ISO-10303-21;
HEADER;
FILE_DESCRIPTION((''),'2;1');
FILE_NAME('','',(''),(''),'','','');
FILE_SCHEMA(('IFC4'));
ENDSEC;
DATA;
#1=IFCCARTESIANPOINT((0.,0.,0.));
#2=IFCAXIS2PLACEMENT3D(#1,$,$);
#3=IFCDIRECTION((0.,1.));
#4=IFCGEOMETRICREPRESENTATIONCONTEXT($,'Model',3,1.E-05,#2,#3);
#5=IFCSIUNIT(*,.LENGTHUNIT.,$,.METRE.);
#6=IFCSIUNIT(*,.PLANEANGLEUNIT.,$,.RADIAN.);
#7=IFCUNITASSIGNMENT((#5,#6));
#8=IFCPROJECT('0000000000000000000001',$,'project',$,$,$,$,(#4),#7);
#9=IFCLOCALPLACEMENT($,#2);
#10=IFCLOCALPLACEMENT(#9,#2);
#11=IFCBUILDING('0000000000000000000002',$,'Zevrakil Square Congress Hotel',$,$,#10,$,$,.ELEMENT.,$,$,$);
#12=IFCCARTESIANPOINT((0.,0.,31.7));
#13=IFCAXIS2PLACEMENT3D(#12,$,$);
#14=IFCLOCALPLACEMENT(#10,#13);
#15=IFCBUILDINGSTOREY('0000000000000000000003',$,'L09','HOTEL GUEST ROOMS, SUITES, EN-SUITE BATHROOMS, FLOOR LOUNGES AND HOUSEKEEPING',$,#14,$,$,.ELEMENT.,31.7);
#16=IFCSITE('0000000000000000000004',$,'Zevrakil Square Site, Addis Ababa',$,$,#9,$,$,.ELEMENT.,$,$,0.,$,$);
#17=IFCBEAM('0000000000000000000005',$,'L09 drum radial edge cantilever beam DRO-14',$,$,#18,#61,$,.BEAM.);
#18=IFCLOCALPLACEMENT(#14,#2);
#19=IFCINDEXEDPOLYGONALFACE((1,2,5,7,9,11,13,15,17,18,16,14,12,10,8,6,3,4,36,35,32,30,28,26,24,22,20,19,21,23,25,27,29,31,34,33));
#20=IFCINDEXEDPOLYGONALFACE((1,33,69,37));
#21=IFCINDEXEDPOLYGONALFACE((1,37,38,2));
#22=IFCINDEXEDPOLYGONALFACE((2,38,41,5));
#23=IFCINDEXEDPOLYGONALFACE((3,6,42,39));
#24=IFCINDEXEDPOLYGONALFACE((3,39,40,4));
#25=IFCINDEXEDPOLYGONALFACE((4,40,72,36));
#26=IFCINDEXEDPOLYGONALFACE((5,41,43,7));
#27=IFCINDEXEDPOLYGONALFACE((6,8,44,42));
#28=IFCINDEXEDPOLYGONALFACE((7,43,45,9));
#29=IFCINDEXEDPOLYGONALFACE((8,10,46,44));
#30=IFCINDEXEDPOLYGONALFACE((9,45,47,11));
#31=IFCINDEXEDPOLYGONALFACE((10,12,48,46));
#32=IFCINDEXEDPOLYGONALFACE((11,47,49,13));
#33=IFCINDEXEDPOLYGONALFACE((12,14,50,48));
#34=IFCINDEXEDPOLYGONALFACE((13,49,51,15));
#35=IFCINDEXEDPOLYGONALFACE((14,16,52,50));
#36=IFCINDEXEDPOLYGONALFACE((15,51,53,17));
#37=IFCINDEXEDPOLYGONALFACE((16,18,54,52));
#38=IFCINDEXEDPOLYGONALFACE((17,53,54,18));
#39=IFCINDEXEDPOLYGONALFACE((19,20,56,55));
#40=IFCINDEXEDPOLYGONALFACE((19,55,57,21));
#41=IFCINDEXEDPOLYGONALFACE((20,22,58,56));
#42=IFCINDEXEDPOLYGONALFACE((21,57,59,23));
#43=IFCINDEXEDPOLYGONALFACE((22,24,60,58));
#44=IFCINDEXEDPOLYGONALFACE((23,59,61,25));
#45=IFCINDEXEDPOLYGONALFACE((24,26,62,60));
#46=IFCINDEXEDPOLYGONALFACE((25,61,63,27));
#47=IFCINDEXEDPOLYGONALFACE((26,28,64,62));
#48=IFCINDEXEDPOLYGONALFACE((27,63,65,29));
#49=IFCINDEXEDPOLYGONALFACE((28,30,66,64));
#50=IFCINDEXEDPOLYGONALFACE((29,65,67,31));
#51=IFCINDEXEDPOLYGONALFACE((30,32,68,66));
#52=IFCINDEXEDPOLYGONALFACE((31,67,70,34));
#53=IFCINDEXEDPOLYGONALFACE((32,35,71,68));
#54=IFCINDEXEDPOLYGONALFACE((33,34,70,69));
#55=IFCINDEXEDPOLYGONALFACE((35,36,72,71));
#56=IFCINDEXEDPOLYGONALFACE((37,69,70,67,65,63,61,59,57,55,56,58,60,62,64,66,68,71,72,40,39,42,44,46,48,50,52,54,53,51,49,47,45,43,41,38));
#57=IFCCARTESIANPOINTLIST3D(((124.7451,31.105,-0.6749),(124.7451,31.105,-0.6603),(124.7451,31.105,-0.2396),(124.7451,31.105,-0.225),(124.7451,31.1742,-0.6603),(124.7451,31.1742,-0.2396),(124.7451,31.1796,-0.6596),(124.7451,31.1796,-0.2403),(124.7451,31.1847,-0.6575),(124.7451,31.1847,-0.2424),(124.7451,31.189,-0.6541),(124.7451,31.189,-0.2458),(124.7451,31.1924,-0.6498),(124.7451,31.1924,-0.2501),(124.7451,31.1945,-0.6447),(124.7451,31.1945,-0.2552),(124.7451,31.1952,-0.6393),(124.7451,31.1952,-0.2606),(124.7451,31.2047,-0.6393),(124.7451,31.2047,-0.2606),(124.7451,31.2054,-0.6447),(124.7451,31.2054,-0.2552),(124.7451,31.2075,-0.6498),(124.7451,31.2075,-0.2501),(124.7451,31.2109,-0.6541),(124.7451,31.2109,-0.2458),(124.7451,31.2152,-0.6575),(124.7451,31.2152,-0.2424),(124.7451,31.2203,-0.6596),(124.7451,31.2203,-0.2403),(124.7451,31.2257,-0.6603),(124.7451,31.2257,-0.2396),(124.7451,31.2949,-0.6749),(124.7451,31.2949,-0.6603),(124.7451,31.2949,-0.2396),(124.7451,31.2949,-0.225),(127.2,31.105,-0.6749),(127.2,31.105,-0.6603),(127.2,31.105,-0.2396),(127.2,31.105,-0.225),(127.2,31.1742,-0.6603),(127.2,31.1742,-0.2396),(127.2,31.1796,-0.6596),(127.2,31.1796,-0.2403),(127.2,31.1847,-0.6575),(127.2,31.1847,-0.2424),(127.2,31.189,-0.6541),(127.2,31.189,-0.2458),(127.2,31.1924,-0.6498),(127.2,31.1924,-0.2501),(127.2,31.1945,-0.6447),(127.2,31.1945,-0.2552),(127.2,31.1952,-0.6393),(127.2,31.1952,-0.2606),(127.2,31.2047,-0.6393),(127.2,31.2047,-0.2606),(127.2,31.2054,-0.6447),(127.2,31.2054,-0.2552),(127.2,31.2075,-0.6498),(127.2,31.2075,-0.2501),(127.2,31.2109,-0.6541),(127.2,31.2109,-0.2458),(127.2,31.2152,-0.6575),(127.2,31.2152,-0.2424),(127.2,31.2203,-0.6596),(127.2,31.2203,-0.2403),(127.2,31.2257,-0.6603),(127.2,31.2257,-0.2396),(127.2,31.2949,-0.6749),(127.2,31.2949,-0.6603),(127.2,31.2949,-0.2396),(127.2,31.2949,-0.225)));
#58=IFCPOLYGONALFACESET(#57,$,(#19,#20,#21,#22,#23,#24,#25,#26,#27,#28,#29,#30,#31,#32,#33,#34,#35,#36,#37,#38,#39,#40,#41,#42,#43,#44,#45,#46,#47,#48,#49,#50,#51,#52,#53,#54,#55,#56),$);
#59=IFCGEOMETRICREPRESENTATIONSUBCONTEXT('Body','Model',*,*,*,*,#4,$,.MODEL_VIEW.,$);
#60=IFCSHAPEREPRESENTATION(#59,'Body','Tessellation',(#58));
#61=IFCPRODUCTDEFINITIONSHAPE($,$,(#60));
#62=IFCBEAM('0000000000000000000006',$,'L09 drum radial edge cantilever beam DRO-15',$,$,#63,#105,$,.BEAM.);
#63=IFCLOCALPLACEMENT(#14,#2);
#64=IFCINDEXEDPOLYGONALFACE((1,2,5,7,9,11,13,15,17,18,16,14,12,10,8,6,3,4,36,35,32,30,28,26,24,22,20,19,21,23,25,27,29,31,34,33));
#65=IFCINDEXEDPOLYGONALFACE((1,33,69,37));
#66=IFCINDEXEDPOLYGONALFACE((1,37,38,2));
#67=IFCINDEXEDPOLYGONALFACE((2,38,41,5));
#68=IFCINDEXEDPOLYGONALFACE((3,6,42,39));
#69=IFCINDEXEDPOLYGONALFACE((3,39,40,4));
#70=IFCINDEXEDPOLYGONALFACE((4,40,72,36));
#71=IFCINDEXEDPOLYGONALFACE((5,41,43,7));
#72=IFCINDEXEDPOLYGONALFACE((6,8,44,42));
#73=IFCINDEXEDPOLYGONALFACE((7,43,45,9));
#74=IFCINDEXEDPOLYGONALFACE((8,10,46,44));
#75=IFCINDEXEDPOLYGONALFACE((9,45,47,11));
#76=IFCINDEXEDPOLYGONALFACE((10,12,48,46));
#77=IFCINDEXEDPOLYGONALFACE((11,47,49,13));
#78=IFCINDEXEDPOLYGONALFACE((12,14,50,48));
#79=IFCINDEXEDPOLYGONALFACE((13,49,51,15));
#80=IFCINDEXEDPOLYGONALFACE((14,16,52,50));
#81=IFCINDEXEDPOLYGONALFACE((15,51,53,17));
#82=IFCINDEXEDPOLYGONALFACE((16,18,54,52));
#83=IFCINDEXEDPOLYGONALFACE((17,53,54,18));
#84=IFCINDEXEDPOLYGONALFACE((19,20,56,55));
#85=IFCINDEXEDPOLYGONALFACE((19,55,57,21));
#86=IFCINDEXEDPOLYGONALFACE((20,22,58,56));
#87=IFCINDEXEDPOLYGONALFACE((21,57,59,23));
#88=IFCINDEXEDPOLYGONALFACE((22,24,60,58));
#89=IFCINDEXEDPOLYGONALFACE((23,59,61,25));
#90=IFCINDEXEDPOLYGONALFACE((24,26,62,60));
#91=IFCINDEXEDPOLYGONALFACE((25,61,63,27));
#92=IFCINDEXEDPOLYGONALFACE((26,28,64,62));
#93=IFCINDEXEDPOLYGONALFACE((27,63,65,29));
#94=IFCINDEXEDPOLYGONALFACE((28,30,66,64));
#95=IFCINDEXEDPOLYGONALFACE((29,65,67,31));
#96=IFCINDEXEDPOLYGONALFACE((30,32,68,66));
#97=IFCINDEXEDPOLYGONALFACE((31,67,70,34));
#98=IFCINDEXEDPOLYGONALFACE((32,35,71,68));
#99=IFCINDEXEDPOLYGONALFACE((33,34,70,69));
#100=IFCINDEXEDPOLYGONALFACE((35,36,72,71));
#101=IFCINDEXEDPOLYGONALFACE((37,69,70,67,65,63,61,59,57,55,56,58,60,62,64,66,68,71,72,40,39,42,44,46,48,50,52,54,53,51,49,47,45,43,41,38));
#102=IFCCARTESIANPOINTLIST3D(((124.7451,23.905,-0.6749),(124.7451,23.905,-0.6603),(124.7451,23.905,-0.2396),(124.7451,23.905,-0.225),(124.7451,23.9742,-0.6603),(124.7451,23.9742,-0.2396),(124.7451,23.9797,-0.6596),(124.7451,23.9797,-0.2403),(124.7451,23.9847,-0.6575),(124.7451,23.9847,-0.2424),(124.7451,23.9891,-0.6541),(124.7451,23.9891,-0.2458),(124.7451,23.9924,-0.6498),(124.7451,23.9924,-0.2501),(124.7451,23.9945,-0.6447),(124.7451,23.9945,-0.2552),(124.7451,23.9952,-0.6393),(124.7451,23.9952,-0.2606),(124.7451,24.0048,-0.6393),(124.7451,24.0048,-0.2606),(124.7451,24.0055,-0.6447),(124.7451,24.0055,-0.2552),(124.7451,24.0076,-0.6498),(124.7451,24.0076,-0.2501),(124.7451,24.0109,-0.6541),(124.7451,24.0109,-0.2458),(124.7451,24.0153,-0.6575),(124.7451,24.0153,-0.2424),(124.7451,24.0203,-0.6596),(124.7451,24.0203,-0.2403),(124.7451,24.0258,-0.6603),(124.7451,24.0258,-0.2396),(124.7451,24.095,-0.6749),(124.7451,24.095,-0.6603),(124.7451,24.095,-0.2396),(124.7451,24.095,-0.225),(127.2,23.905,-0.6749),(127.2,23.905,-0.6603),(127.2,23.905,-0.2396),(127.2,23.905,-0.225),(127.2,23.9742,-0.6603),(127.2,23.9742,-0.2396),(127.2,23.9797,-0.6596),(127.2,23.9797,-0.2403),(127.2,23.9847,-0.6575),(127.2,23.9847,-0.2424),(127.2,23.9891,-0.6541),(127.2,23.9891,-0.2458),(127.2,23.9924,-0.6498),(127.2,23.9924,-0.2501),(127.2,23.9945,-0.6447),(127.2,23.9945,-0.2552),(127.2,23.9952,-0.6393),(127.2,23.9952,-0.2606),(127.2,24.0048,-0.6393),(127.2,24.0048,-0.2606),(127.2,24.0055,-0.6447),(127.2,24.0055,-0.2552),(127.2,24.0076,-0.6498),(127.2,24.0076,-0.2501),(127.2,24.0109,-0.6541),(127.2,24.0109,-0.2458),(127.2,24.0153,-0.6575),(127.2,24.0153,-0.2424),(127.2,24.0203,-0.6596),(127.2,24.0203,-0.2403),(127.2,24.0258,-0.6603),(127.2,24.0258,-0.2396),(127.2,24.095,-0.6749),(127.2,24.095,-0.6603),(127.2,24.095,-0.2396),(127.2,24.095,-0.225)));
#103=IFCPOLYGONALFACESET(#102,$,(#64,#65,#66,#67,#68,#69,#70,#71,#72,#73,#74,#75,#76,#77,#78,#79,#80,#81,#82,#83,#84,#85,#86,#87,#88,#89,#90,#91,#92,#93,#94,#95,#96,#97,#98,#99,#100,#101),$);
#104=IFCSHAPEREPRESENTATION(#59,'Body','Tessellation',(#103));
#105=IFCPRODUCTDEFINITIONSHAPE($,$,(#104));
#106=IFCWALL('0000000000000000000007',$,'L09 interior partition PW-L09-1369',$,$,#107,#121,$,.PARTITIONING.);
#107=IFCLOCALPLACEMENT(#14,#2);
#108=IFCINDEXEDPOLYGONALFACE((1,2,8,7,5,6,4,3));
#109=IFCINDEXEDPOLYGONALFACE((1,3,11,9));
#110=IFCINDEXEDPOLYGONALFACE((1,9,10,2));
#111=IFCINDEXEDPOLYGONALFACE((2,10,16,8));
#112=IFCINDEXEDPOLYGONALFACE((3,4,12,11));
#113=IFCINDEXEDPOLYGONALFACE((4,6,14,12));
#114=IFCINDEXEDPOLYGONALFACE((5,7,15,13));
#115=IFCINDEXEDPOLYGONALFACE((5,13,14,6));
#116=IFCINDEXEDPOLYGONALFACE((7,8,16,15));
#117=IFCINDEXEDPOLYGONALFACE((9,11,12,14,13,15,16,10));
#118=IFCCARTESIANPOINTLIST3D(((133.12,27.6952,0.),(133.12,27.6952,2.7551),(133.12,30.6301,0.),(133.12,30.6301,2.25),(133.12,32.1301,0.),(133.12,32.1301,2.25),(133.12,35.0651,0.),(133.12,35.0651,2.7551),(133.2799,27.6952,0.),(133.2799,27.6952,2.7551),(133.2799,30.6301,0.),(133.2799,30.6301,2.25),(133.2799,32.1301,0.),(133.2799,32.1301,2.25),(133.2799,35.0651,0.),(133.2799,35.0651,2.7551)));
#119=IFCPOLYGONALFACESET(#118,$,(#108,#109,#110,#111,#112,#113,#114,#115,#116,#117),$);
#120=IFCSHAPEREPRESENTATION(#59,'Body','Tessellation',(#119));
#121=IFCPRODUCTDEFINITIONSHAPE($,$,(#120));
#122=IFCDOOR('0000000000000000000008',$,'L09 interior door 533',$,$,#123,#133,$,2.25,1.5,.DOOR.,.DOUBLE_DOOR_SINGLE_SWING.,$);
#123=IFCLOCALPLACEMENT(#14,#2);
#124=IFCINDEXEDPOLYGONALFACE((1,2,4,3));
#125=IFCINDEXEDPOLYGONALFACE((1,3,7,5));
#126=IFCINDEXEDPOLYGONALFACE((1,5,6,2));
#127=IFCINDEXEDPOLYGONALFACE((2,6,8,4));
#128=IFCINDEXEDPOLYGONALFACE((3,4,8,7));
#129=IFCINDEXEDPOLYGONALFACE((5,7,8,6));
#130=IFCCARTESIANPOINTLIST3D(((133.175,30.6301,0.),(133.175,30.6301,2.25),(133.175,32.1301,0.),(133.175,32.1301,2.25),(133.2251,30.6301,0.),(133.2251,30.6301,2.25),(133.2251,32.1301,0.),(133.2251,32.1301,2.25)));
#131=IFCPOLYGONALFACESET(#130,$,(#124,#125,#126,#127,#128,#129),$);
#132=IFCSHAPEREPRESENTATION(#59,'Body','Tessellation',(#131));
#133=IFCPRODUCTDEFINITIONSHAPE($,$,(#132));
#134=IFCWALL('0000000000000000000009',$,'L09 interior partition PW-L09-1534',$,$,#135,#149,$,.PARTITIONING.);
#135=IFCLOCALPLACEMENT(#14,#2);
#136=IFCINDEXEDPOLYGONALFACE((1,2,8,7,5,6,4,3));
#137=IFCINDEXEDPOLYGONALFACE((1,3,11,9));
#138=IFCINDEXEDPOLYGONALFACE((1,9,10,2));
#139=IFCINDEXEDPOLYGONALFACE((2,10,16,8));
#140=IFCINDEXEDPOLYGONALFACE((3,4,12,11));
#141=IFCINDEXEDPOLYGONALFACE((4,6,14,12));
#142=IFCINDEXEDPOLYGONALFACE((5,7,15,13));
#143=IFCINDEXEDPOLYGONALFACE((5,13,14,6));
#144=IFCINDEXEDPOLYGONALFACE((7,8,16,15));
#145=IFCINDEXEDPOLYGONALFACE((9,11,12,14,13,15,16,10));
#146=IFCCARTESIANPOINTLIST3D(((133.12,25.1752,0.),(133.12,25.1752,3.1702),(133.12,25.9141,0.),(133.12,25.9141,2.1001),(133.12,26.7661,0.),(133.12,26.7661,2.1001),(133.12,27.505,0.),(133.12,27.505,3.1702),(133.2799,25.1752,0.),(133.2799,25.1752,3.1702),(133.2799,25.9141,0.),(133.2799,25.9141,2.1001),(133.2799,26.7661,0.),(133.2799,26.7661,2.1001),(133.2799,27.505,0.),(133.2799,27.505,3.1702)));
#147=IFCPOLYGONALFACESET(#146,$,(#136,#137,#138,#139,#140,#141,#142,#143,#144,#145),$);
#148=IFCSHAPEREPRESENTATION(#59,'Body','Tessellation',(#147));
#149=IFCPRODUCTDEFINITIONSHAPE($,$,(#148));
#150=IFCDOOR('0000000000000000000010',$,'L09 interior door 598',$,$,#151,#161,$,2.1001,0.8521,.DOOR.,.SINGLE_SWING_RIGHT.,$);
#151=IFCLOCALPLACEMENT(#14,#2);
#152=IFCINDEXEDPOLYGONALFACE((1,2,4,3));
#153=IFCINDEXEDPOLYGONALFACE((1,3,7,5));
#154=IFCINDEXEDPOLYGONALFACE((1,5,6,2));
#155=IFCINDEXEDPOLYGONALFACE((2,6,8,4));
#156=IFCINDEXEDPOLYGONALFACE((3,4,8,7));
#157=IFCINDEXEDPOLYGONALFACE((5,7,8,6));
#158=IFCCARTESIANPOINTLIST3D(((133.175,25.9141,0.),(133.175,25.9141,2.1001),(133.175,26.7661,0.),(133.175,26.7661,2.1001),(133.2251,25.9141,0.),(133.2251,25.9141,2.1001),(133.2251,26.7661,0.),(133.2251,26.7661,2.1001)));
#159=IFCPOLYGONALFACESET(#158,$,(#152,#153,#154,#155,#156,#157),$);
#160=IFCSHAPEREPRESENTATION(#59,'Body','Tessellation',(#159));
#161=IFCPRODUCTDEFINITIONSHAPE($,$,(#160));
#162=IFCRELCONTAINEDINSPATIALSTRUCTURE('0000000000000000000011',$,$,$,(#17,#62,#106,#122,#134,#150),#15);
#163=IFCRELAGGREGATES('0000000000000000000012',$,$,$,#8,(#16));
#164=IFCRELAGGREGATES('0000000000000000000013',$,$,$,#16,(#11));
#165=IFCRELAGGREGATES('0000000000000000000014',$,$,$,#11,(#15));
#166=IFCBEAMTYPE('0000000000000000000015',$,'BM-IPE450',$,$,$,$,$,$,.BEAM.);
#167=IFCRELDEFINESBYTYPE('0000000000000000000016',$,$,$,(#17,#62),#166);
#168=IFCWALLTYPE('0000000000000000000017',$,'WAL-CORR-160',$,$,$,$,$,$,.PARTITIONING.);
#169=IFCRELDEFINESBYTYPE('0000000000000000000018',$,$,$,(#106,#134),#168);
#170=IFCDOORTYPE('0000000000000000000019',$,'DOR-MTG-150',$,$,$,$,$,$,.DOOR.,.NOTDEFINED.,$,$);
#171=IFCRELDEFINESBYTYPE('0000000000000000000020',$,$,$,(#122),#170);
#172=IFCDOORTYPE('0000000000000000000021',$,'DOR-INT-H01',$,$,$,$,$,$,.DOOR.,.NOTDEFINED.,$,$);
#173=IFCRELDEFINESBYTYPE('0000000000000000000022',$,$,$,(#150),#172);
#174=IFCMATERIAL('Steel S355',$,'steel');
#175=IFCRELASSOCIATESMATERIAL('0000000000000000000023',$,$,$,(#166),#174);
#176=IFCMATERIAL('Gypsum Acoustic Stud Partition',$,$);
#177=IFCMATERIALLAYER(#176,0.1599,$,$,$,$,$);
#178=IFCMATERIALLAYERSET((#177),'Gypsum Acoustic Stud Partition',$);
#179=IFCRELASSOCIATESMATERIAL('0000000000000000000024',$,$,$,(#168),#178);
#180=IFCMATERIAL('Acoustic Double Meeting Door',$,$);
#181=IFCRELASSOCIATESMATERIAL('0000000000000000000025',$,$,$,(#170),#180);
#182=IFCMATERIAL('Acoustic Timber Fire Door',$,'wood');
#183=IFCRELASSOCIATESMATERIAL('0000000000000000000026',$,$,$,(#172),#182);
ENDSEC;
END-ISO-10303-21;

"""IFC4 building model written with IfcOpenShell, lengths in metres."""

from ifc_helpers import new_model, si_unit, direction, frame, frame_2d, origin, origin_2d, place, context, subcontext, project, spatial, rectangle, i_section, extrude, material, layer, layer_set, material_profile, profile_set, type_object, element, fill, save


model = new_model("IFC4")

# Units and contexts
model_context = context("Model", 3, precision=1e-05, world=origin(), true_north=direction((0.0, 1.0)))
body_context = subcontext(model_context, "Body", "Model", "MODEL_VIEW")
ifc_project = project(units=[si_unit("LENGTHUNIT", "METRE"), si_unit("PLANEANGLEUNIT", "RADIAN")], contexts=[model_context])

# Site, building, storey
site_placement = place(None, origin())
site = spatial("IfcSite", under=ifc_project, at=site_placement, Name="Zevrakil Square Site, Addis Ababa", CompositionType="ELEMENT", RefElevation=0.0)
building_placement = place(site_placement, origin())
building = spatial("IfcBuilding", under=site, at=building_placement, Name="Zevrakil Square Congress Hotel", CompositionType="ELEMENT")
storey_placement = place(building_placement, frame((0.0, 0.0, 31.7)))
storey = spatial("IfcBuildingStorey", under=building, at=storey_placement, Name="L09", Description="HOTEL GUEST ROOMS, SUITES, EN-SUITE BATHROOMS, FLOOR LOUNGES AND HOUSEKEEPING", CompositionType="ELEMENT", Elevation=31.7)

# Beams
ifc_material_1 = material(Name="Steel S355", Category="steel")
ifc_material_profile = material_profile(ifc_material_1, i_section(OverallWidth=0.1899, OverallDepth=0.45, WebThickness=0.0095, FlangeThickness=0.0146, FilletRadius=0.021, at=origin_2d()), Name="IPE 450")
ifc_profile_set = profile_set([ifc_material_profile], Name="Steel S355")
beam_type = type_object("IfcBeamType", Name="BM-IPE450", PredefinedType="BEAM", material=ifc_profile_set)
for number, where, z_axis, x_axis, name in (
    (1, (127.2, 31.2, -0.45), (-1.0, 0.0, 0.0), (0.0, -1.0, 0.0), "L09 drum radial edge cantilever beam DRO-14"),
    (2, (127.2, 24.0, -0.45), (-1.0, 0.0, 0.0), (0.0, -1.0, 0.0), "L09 drum radial edge cantilever beam DRO-15"),
):
    element("IfcBeam", number, at=place(storey_placement, frame(where, z_axis=z_axis, x_axis=x_axis)), inside=storey, type_object=beam_type, Name=name, PredefinedType="BEAM", context=body_context, shape_type="SweptSolid", body=[
        extrude(i_section(OverallWidth=0.1899, OverallDepth=0.45, WebThickness=0.0095, FlangeThickness=0.0146, FilletRadius=0.021, at=origin_2d()), origin(), (0.0, 0.0, 1.0), 2.4548),
    ])

# Walls, openings, doors
ifc_material_2 = material(Name="Gypsum Acoustic Stud Partition")
ifc_layer_1 = layer(ifc_material_2, 0.1599)
ifc_layer_set_1 = layer_set([ifc_layer_1], Name="Gypsum Acoustic Stud Partition")
wall_type_1 = type_object("IfcWallType", Name="WAL-CORR-160", PredefinedType="PARTITIONING", material=ifc_layer_set_1)
wall_1_placement = place(storey_placement, frame((133.2, 27.6951, 0.0), z_axis=(0.0, 0.0, 1.0), x_axis=(0.0, 1.0, 0.0)))
wall_1 = element("IfcWall", 3, at=wall_1_placement, inside=storey, type_object=wall_type_1, Name="L09 interior partition PW-L09-1369", PredefinedType="PARTITIONING", context=body_context, shape_type="SweptSolid", body=[
    extrude(rectangle(XDim=7.3699, YDim=0.1599, at=frame_2d((3.6851, 0.0))), origin(), (0.0, 0.0, 1.0), 2.7551),
])
opening_1_placement = place(wall_1_placement, frame((2.9351, 0.0, 0.0)))
opening_1 = element("IfcOpeningElement", 4, at=opening_1_placement, cuts=wall_1, PredefinedType="OPENING", context=body_context, shape_type="SweptSolid", body=[
    extrude(rectangle(XDim=1.5, YDim=2.25, at=frame_2d((0.75, 1.125))), frame((0.0, 0.0898, 0.0), z_axis=(0.0, -1.0, 0.0), x_axis=(1.0, 0.0, 0.0)), (0.0, 0.0, 1.0), 0.1799),
])
ifc_material_3 = material(Name="Acoustic Double Meeting Door")
door_type_1 = type_object("IfcDoorType", Name="DOR-MTG-150", OperationType="NOTDEFINED", PredefinedType="DOOR", material=ifc_material_3)
door_1_placement = place(opening_1_placement, origin())
door_1 = element("IfcDoor", 5, at=door_1_placement, inside=storey, type_object=door_type_1, Name="L09 interior door 533", OperationType="DOUBLE_DOOR_SINGLE_SWING", OverallHeight=2.25, OverallWidth=1.5, PredefinedType="DOOR", context=body_context, shape_type="SweptSolid", body=[
    extrude(rectangle(XDim=1.5, YDim=2.25, at=frame_2d((0.75, 1.125))), frame((0.0, 0.0249, 0.0), z_axis=(0.0, -1.0, 0.0), x_axis=(1.0, 0.0, 0.0)), (0.0, 0.0, 1.0), 0.05),
])
fill(opening_1, door_1)
wall_2_placement = place(storey_placement, frame((133.2, 25.175, 0.0), z_axis=(0.0, 0.0, 1.0), x_axis=(0.0, 1.0, 0.0)))
wall_2 = element("IfcWall", 6, at=wall_2_placement, inside=storey, type_object=wall_type_1, Name="L09 interior partition PW-L09-1534", PredefinedType="PARTITIONING", context=body_context, shape_type="SweptSolid", body=[
    extrude(rectangle(XDim=2.3298, YDim=0.1599, at=frame_2d((1.165, 0.0))), origin(), (0.0, 0.0, 1.0), 3.1702),
])
opening_2_placement = place(wall_2_placement, frame((0.739, 0.0, 0.0)))
opening_2 = element("IfcOpeningElement", 7, at=opening_2_placement, cuts=wall_2, PredefinedType="OPENING", context=body_context, shape_type="SweptSolid", body=[
    extrude(rectangle(XDim=0.8521, YDim=2.1001, at=frame_2d((0.426, 1.05))), frame((0.0, 0.0898, 0.0), z_axis=(0.0, -1.0, 0.0), x_axis=(1.0, 0.0, 0.0)), (0.0, 0.0, 1.0), 0.1799),
])
ifc_material_4 = material(Name="Acoustic Timber Fire Door", Category="wood")
door_type_2 = type_object("IfcDoorType", Name="DOR-INT-H01", OperationType="NOTDEFINED", PredefinedType="DOOR", material=ifc_material_4)
door_2_placement = place(opening_2_placement, origin())
door_2 = element("IfcDoor", 8, at=door_2_placement, inside=storey, type_object=door_type_2, Name="L09 interior door 598", OperationType="SINGLE_SWING_RIGHT", OverallHeight=2.1001, OverallWidth=0.8521, PredefinedType="DOOR", context=body_context, shape_type="SweptSolid", body=[
    extrude(rectangle(XDim=0.8521, YDim=2.1001, at=frame_2d((0.426, 1.05))), frame((0.0, 0.0249, 0.0), z_axis=(0.0, -1.0, 0.0), x_axis=(1.0, 0.0, 0.0)), (0.0, 0.0, 1.0), 0.05),
])
fill(opening_2, door_2)

save(model, "model.ifc")
